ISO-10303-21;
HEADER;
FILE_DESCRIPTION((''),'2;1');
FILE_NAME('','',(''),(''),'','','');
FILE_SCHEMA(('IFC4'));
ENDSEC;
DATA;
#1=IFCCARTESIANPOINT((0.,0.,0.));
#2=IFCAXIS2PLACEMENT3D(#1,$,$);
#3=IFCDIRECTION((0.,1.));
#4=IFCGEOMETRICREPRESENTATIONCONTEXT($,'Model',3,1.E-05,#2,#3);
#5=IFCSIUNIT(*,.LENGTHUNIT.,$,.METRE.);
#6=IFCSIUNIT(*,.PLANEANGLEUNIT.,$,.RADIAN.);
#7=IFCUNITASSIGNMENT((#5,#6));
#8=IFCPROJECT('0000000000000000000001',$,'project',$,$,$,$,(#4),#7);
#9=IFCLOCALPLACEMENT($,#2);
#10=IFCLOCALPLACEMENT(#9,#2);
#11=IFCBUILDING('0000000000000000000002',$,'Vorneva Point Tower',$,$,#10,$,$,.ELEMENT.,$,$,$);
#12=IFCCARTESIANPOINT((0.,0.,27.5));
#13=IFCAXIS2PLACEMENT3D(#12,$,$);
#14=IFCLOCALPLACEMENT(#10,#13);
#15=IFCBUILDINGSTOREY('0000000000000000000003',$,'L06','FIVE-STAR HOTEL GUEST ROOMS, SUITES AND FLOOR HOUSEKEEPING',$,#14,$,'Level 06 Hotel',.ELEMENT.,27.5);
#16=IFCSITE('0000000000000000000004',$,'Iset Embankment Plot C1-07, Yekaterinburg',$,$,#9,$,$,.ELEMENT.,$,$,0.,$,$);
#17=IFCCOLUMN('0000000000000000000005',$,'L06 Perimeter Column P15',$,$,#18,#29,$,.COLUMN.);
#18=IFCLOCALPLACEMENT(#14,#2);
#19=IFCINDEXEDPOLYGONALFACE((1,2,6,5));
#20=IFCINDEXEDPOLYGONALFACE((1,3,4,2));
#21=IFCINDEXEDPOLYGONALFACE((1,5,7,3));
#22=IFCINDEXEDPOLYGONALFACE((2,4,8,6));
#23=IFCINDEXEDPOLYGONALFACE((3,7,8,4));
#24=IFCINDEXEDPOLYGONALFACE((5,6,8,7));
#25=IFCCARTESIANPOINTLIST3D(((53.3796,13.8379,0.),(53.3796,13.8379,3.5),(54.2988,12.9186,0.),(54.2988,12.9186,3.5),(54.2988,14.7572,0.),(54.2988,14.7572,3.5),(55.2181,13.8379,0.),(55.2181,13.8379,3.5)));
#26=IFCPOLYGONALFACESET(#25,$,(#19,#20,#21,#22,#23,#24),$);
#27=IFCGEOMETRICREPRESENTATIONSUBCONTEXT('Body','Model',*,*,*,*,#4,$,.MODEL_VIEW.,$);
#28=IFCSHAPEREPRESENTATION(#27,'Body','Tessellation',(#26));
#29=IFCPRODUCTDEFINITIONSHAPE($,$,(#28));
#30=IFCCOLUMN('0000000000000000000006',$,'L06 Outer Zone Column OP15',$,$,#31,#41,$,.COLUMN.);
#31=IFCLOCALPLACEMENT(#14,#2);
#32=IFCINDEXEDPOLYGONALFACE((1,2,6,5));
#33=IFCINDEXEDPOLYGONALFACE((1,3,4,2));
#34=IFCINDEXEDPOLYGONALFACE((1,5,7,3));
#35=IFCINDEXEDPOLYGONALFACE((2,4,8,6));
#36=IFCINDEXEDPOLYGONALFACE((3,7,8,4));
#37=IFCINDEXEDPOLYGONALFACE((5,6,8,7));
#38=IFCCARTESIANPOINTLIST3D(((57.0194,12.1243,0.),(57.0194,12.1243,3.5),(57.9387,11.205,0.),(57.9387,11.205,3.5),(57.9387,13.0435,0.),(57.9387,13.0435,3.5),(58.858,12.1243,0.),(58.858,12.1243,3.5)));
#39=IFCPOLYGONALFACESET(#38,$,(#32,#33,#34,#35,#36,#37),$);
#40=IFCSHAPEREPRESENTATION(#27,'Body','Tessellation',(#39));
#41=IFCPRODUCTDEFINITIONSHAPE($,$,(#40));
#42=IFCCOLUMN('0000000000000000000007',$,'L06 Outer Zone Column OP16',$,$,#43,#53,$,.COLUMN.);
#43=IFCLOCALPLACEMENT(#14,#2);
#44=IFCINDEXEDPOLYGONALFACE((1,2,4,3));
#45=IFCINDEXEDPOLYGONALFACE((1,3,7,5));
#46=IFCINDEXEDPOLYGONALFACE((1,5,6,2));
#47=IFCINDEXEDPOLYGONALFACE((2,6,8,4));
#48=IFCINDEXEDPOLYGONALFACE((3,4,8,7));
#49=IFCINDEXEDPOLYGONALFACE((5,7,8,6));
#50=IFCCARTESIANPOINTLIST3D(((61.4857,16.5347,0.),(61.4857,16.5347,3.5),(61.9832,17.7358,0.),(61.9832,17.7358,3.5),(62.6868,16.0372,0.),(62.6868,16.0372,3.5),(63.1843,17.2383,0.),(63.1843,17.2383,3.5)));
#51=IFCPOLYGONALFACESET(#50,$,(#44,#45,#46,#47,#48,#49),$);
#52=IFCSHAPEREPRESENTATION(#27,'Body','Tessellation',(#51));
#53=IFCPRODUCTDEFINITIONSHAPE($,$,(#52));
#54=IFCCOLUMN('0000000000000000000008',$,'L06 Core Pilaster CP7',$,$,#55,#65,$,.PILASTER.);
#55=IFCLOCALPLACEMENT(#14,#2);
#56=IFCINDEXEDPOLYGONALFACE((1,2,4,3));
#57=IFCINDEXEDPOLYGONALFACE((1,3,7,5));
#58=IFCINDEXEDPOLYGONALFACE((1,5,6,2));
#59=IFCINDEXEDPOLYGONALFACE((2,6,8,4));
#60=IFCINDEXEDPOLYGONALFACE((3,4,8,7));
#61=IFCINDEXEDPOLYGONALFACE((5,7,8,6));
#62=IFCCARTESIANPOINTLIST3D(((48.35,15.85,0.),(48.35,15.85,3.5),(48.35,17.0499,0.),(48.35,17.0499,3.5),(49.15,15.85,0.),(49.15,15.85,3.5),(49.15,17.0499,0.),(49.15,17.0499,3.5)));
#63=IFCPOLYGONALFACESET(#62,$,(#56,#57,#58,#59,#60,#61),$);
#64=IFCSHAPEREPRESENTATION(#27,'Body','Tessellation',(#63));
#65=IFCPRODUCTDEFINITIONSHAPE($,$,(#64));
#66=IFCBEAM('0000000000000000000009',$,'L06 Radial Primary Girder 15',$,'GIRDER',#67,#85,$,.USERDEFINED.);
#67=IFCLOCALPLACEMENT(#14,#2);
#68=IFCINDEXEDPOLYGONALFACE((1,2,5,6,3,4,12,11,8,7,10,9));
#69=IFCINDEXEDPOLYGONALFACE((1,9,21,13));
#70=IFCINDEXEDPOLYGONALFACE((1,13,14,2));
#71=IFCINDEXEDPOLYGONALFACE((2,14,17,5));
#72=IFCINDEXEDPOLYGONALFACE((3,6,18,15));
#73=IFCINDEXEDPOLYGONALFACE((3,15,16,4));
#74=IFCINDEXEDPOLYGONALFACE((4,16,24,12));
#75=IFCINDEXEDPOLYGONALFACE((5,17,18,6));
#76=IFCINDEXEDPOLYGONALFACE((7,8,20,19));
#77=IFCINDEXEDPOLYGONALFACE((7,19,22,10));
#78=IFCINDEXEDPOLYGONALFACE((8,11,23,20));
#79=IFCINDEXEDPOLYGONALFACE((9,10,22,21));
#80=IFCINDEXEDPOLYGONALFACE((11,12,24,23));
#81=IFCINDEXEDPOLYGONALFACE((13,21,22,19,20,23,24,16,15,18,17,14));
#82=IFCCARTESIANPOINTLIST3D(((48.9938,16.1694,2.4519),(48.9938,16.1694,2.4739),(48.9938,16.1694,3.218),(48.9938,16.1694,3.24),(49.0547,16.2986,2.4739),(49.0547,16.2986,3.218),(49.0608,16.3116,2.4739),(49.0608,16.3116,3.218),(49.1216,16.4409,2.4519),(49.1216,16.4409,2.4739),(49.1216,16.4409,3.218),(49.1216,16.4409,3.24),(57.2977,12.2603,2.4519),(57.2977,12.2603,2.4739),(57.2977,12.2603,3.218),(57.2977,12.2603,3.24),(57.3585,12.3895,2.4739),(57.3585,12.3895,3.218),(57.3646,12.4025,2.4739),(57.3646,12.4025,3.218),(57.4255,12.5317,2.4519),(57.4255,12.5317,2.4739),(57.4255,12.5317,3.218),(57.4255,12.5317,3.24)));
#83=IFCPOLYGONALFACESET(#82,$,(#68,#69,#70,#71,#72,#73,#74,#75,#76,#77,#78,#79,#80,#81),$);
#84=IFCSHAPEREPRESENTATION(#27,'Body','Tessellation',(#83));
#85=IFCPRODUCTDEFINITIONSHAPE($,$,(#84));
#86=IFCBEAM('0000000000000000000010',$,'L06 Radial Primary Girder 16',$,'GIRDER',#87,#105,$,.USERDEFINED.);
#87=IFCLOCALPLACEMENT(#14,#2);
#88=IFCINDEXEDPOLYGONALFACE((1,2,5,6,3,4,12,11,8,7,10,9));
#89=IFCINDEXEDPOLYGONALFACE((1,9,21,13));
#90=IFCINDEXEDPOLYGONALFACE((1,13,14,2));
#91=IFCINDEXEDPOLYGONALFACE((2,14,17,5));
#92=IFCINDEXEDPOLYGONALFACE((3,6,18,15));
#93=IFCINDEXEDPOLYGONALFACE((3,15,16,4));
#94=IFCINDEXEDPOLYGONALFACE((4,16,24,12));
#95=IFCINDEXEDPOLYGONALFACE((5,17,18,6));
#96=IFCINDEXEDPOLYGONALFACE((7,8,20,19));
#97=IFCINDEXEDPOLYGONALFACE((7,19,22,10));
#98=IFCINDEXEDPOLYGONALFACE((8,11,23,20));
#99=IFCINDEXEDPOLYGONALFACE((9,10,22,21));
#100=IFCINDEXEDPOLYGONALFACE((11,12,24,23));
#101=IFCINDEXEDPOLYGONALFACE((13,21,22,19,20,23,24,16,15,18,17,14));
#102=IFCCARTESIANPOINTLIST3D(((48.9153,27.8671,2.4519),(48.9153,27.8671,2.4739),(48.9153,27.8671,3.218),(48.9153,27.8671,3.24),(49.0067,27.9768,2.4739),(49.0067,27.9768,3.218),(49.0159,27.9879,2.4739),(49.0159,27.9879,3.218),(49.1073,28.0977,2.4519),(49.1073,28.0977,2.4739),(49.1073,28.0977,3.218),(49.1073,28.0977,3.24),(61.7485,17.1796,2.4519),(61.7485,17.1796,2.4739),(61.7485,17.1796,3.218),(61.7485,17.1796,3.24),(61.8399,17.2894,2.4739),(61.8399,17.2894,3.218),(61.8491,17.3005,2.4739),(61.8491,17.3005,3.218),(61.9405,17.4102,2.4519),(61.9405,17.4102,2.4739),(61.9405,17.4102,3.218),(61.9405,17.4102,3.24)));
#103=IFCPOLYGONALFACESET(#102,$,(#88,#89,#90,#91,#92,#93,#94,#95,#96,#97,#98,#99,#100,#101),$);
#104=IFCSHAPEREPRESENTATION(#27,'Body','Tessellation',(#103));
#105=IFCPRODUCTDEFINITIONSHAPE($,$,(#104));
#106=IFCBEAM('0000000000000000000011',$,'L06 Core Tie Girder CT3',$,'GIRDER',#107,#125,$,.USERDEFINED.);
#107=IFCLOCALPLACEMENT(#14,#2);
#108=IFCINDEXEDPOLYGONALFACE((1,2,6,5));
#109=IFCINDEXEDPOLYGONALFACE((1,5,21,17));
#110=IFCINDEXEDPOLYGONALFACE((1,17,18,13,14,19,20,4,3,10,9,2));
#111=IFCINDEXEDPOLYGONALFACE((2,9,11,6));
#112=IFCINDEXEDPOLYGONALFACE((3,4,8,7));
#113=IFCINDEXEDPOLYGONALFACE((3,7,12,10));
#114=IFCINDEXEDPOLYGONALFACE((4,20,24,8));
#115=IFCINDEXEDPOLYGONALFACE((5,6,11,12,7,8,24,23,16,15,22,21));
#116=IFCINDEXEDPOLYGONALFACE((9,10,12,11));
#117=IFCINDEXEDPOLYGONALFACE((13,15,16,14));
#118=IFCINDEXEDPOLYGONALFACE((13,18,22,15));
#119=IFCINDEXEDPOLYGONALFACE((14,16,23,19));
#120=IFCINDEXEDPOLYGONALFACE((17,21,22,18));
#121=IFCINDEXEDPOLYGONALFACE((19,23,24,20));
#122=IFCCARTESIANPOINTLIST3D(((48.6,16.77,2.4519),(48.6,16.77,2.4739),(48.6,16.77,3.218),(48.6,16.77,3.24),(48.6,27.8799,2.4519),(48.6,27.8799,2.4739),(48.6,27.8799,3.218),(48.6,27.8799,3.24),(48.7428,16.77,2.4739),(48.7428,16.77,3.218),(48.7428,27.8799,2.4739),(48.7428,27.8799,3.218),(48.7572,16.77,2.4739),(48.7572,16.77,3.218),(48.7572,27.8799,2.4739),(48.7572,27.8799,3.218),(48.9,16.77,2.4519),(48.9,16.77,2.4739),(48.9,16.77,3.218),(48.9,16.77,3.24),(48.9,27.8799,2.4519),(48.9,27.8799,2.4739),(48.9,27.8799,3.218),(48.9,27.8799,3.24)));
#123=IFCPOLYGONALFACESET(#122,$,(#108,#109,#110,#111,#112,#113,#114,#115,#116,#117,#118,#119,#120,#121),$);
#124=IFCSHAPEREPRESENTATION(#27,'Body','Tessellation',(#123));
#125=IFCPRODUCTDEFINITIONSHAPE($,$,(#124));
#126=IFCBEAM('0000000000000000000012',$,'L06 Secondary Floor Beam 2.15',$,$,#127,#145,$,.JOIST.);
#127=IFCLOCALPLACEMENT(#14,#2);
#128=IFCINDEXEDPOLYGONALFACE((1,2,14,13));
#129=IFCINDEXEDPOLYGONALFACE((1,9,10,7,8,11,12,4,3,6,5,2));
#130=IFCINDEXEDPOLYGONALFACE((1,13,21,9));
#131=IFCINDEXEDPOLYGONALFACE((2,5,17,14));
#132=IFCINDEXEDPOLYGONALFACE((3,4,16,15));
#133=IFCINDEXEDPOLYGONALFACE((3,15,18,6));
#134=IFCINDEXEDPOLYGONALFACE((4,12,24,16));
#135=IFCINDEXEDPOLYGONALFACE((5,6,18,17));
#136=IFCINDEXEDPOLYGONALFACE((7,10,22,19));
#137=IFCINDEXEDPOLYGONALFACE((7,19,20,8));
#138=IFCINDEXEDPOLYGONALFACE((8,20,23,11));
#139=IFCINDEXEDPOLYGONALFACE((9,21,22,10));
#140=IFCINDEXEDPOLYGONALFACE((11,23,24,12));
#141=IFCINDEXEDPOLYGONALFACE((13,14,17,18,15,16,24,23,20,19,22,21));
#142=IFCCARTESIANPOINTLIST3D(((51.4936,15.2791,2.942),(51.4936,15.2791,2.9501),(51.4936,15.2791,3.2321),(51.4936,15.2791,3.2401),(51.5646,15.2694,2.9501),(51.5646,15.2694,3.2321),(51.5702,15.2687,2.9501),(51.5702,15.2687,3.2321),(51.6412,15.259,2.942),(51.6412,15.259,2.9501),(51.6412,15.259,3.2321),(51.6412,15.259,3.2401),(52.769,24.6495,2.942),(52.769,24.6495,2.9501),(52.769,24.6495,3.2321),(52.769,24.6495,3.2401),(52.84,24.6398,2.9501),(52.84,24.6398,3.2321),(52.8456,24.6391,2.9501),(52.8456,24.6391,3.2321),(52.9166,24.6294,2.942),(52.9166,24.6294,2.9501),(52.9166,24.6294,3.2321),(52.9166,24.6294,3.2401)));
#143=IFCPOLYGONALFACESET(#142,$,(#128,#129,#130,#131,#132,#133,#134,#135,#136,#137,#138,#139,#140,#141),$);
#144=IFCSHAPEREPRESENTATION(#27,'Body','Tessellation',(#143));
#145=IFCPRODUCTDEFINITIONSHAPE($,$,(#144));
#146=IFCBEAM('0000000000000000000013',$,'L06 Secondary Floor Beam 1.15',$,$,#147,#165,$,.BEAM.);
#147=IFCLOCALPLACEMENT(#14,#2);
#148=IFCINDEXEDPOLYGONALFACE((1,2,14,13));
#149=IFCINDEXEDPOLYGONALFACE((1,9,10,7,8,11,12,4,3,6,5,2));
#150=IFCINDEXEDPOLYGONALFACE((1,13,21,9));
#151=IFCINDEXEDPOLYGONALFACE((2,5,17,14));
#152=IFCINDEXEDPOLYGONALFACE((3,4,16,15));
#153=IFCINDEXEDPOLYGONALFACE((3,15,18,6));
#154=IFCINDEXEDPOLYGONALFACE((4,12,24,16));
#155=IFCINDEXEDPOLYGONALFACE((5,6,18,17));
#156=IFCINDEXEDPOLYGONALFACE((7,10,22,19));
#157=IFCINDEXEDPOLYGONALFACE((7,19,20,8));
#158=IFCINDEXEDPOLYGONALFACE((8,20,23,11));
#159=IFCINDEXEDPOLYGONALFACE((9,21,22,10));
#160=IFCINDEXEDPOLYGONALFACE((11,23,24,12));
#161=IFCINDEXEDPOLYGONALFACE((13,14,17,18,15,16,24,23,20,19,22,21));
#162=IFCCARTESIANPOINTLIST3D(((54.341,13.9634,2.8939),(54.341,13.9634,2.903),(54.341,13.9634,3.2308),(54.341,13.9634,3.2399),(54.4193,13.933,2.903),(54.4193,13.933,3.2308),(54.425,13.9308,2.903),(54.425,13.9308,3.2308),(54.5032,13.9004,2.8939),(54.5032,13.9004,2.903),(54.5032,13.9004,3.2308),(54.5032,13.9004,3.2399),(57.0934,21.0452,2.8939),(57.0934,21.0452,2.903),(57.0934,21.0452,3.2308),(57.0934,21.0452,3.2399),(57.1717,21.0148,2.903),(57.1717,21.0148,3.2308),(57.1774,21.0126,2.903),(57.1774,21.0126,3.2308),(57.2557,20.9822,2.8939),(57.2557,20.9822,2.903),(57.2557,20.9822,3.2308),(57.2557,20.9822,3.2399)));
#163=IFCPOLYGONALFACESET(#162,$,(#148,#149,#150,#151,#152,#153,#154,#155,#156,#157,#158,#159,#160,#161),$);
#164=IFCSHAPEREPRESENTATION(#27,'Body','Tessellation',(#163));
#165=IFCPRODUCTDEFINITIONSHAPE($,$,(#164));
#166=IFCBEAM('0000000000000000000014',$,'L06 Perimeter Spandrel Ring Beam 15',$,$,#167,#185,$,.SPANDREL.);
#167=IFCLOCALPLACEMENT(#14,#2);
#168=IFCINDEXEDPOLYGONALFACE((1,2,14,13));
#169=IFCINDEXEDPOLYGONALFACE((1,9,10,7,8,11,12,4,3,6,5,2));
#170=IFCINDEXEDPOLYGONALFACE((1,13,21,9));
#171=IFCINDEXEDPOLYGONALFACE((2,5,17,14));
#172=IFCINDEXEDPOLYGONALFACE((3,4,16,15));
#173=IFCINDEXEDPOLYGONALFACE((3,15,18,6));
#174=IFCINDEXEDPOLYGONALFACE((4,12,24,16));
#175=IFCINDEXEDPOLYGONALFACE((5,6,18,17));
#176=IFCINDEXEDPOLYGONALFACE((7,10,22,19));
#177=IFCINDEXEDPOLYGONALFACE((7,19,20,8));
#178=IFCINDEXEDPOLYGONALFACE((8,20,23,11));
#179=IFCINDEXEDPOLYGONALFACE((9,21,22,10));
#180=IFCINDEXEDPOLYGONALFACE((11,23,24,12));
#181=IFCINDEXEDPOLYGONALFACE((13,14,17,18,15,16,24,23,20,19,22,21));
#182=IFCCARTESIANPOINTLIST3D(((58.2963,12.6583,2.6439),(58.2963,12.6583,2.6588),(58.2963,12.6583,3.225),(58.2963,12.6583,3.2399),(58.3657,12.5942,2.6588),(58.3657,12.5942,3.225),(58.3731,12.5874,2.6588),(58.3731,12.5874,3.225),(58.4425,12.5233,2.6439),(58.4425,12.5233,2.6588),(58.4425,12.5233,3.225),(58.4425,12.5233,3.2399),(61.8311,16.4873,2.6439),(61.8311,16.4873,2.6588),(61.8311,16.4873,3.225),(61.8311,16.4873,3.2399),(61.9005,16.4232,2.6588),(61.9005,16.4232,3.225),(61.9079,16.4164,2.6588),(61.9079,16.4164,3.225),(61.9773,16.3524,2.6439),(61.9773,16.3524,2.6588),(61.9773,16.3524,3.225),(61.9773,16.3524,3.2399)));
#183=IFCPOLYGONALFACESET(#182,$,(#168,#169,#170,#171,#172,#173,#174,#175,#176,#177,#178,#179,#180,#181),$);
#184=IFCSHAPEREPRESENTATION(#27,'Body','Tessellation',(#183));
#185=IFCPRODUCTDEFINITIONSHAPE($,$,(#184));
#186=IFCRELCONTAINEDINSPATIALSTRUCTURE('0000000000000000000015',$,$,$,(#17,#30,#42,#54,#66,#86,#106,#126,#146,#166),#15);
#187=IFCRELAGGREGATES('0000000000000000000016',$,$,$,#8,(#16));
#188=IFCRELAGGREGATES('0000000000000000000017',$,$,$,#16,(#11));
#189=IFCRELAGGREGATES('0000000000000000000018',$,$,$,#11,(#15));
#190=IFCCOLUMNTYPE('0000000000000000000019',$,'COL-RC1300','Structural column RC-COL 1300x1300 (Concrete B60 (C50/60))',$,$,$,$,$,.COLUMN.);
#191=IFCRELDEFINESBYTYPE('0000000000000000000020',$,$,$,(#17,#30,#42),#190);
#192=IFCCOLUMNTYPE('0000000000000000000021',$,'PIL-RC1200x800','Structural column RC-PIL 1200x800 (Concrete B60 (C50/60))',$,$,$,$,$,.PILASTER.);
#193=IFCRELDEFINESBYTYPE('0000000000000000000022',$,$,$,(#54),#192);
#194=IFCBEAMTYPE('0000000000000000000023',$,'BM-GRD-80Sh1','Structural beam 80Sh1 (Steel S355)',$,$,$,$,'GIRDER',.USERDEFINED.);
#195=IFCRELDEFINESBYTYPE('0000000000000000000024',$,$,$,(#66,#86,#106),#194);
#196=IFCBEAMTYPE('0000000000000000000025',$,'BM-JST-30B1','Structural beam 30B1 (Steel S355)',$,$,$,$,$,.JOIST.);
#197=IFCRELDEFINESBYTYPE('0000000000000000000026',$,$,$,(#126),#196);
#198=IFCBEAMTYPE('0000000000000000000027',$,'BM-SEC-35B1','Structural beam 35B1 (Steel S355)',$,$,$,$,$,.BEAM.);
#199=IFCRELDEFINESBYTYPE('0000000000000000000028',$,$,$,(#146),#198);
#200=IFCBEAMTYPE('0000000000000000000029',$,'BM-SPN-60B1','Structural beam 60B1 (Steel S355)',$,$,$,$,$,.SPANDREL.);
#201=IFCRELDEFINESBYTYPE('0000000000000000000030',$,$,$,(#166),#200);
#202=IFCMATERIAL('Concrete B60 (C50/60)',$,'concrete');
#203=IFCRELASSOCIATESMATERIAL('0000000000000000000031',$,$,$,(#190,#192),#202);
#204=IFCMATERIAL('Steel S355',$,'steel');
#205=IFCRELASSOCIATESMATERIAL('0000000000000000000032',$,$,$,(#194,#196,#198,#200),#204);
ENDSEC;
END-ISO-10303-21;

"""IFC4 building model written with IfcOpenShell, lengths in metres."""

from ifc_helpers import new_model, si_unit, direction, frame, origin, origin_2d, place, context, subcontext, project, spatial, rectangle, i_section, extrude, material, material_profile, profile_set, type_object, element, save


model = new_model("IFC4")

# Units and contexts
model_context = context("Model", 3, precision=1e-05, world=origin(), true_north=direction((0.0, 1.0)))
body_context = subcontext(model_context, "Body", "Model", "MODEL_VIEW")
ifc_project = project(units=[si_unit("LENGTHUNIT", "METRE"), si_unit("PLANEANGLEUNIT", "RADIAN")], contexts=[model_context])

# Site, building, storey
site_placement = place(None, origin())
site = spatial("IfcSite", under=ifc_project, at=site_placement, Name="Iset Embankment Plot C1-07, Yekaterinburg", CompositionType="ELEMENT", RefElevation=0.0)
building_placement = place(site_placement, origin())
building = spatial("IfcBuilding", under=site, at=building_placement, Name="Vorneva Point Tower", CompositionType="ELEMENT")
storey_placement = place(building_placement, frame((0.0, 0.0, 27.5)))
storey = spatial("IfcBuildingStorey", under=building, at=storey_placement, Name="L06", Description="FIVE-STAR HOTEL GUEST ROOMS, SUITES AND FLOOR HOUSEKEEPING", LongName="Level 06 Hotel", CompositionType="ELEMENT", Elevation=27.5)

# Columns
ifc_material_1 = material(Name="Concrete B60 (C50/60)", Category="concrete")
ifc_material_profile_1 = material_profile(ifc_material_1, rectangle(XDim=1.3, YDim=1.3, at=origin_2d()), Name="RC-COL 1300x1300")
ifc_profile_set_1 = profile_set([ifc_material_profile_1], Name="Concrete B60 (C50/60)")
column_type_1 = type_object("IfcColumnType", Name="COL-RC1300", Description="Structural column RC-COL 1300x1300 (Concrete B60 (C50/60))", PredefinedType="COLUMN", material=ifc_profile_set_1)
for number, where, z_axis, x_axis, name in (
    (1, (54.2988, 13.8379, 0.0), (0.0, 0.0, 1.0), (0.707107, -0.707107, 0.0), "L06 Perimeter Column P15"),
    (2, (57.9387, 12.1243, 0.0), (0.0, 0.0, 1.0), (0.707107, -0.707107, 0.0), "L06 Outer Zone Column OP15"),
    (3, (62.335, 16.8865, 0.0), (0.0, 0.0, 1.0), (0.92388, -0.382683, 0.0), "L06 Outer Zone Column OP16"),
):
    element("IfcColumn", number, at=place(storey_placement, frame(where, z_axis=z_axis, x_axis=x_axis)), inside=storey, type_object=column_type_1, Name=name, PredefinedType="COLUMN", context=body_context, shape_type="SweptSolid", body=[
        extrude(rectangle(XDim=1.3, YDim=1.3, at=origin_2d()), origin(), (0.0, 0.0, 1.0), 3.5),
    ])
ifc_material_profile_2 = material_profile(ifc_material_1, rectangle(XDim=0.8, YDim=1.2, at=origin_2d()), Name="RC-PIL 1200x800")
ifc_profile_set_2 = profile_set([ifc_material_profile_2], Name="Concrete B60 (C50/60)")
column_type_2 = type_object("IfcColumnType", Name="PIL-RC1200x800", Description="Structural column RC-PIL 1200x800 (Concrete B60 (C50/60))", PredefinedType="PILASTER", material=ifc_profile_set_2)
column_placement = place(storey_placement, frame((48.75, 16.45, 0.0), z_axis=(0.0, 0.0, 1.0), x_axis=(1.0, 0.0, 0.0)))
element("IfcColumn", 4, at=column_placement, inside=storey, type_object=column_type_2, Name="L06 Core Pilaster CP7", PredefinedType="PILASTER", context=body_context, shape_type="SweptSolid", body=[
    extrude(rectangle(XDim=0.8, YDim=1.2, at=origin_2d()), origin(), (0.0, 0.0, 1.0), 3.5),
])

# Beams
ifc_material_2 = material(Name="Steel S355", Category="steel")
ifc_material_profile_3 = material_profile(ifc_material_2, i_section(OverallWidth=0.3, OverallDepth=0.7881, WebThickness=0.0144, FlangeThickness=0.022, at=origin_2d()), Name="80Sh1")
ifc_profile_set_3 = profile_set([ifc_material_profile_3], Name="Steel S355")
beam_type_1 = type_object("IfcBeamType", Name="BM-GRD-80Sh1", Description="Structural beam 80Sh1 (Steel S355)", ElementType="GIRDER", PredefinedType="USERDEFINED", material=ifc_profile_set_3)
beam_1_placement = place(storey_placement, frame((57.3616, 12.396, 2.8459), z_axis=(-0.904758, 0.425925, 0.0), x_axis=(-0.425925, -0.904758, 0.0)))
element("IfcBeam", 5, at=beam_1_placement, inside=storey, type_object=beam_type_1, Name="L06 Radial Primary Girder 15", ObjectType="GIRDER", PredefinedType="USERDEFINED", context=body_context, shape_type="SweptSolid", body=[
    extrude(i_section(OverallWidth=0.3, OverallDepth=0.7881, WebThickness=0.0144, FlangeThickness=0.022, at=origin_2d()), origin(), (0.0, 0.0, 1.0), 9.178),
])
beam_2_placement = place(storey_placement, frame((61.8445, 17.2949, 2.8459), z_axis=(-0.768424, 0.639941, 0.0), x_axis=(-0.639941, -0.768424, 0.0)))
element("IfcBeam", 6, at=beam_2_placement, inside=storey, type_object=beam_type_1, Name="L06 Radial Primary Girder 16", ObjectType="GIRDER", PredefinedType="USERDEFINED", context=body_context, shape_type="SweptSolid", body=[
    extrude(i_section(OverallWidth=0.3, OverallDepth=0.7881, WebThickness=0.0144, FlangeThickness=0.022, at=origin_2d()), origin(), (0.0, 0.0, 1.0), 16.7007),
])
beam_3_placement = place(storey_placement, frame((48.75, 16.77, 2.8459), z_axis=(0.0, 1.0, 0.0), x_axis=(-1.0, 0.0, 0.0)))
element("IfcBeam", 7, at=beam_3_placement, inside=storey, type_object=beam_type_1, Name="L06 Core Tie Girder CT3", ObjectType="GIRDER", PredefinedType="USERDEFINED", context=body_context, shape_type="SweptSolid", body=[
    extrude(i_section(OverallWidth=0.3, OverallDepth=0.7881, WebThickness=0.0144, FlangeThickness=0.022, at=origin_2d()), origin(), (0.0, 0.0, 1.0), 11.1099),
])
ifc_material_profile_4 = material_profile(ifc_material_2, i_section(OverallWidth=0.1489, OverallDepth=0.2981, WebThickness=0.0056, FlangeThickness=0.0081, at=origin_2d()), Name="30B1")
ifc_profile_set_4 = profile_set([ifc_material_profile_4], Name="Steel S355")
beam_type_2 = type_object("IfcBeamType", Name="BM-JST-30B1", Description="Structural beam 30B1 (Steel S355)", PredefinedType="JOIST", material=ifc_profile_set_4)
beam_4_placement = place(storey_placement, frame((51.5674, 15.269, 3.0911), z_axis=(0.134866, 0.990864, 0.0), x_axis=(-0.990864, 0.134866, 0.0)))
element("IfcBeam", 8, at=beam_4_placement, inside=storey, type_object=beam_type_2, Name="L06 Secondary Floor Beam 2.15", PredefinedType="JOIST", context=body_context, shape_type="SweptSolid", body=[
    extrude(i_section(OverallWidth=0.1489, OverallDepth=0.2981, WebThickness=0.0056, FlangeThickness=0.0081, at=origin_2d()), origin(), (0.0, 0.0, 1.0), 9.4568),
])
ifc_material_profile_5 = material_profile(ifc_material_2, i_section(OverallWidth=0.1741, OverallDepth=0.3459, WebThickness=0.0061, FlangeThickness=0.009, at=origin_2d()), Name="35B1")
ifc_profile_set_5 = profile_set([ifc_material_profile_5], Name="Steel S355")
beam_type_3 = type_object("IfcBeamType", Name="BM-SEC-35B1", Description="Structural beam 35B1 (Steel S355)", PredefinedType="BEAM", material=ifc_profile_set_5)
beam_5_placement = place(storey_placement, frame((54.4221, 13.9319, 3.0669), z_axis=(0.362265, 0.932075, 0.0), x_axis=(-0.932075, 0.362265, 0.0)))
element("IfcBeam", 9, at=beam_5_placement, inside=storey, type_object=beam_type_3, Name="L06 Secondary Floor Beam 1.15", PredefinedType="BEAM", context=body_context, shape_type="SweptSolid", body=[
    extrude(i_section(OverallWidth=0.1741, OverallDepth=0.3459, WebThickness=0.0061, FlangeThickness=0.009, at=origin_2d()), origin(), (0.0, 0.0, 1.0), 7.5979),
])
ifc_material_profile_6 = material_profile(ifc_material_2, i_section(OverallWidth=0.199, OverallDepth=0.5959, WebThickness=0.01, FlangeThickness=0.0149, at=origin_2d()), Name="60B1")
ifc_profile_set_6 = profile_set([ifc_material_profile_6], Name="Steel S355")
beam_type_4 = type_object("IfcBeamType", Name="BM-SPN-60B1", Description="Structural beam 60B1 (Steel S355)", PredefinedType="SPANDREL", material=ifc_profile_set_6)
beam_6_placement = place(storey_placement, frame((58.3694, 12.5908, 2.9419), z_axis=(0.678317, 0.734769, 0.0), x_axis=(-0.734769, 0.678317, 0.0)))
element("IfcBeam", 10, at=beam_6_placement, inside=storey, type_object=beam_type_4, Name="L06 Perimeter Spandrel Ring Beam 15", PredefinedType="SPANDREL", context=body_context, shape_type="SweptSolid", body=[
    extrude(i_section(OverallWidth=0.199, OverallDepth=0.5959, WebThickness=0.01, FlangeThickness=0.0149, at=origin_2d()), origin(), (0.0, 0.0, 1.0), 5.2112),
])

save(model, "model.ifc")
